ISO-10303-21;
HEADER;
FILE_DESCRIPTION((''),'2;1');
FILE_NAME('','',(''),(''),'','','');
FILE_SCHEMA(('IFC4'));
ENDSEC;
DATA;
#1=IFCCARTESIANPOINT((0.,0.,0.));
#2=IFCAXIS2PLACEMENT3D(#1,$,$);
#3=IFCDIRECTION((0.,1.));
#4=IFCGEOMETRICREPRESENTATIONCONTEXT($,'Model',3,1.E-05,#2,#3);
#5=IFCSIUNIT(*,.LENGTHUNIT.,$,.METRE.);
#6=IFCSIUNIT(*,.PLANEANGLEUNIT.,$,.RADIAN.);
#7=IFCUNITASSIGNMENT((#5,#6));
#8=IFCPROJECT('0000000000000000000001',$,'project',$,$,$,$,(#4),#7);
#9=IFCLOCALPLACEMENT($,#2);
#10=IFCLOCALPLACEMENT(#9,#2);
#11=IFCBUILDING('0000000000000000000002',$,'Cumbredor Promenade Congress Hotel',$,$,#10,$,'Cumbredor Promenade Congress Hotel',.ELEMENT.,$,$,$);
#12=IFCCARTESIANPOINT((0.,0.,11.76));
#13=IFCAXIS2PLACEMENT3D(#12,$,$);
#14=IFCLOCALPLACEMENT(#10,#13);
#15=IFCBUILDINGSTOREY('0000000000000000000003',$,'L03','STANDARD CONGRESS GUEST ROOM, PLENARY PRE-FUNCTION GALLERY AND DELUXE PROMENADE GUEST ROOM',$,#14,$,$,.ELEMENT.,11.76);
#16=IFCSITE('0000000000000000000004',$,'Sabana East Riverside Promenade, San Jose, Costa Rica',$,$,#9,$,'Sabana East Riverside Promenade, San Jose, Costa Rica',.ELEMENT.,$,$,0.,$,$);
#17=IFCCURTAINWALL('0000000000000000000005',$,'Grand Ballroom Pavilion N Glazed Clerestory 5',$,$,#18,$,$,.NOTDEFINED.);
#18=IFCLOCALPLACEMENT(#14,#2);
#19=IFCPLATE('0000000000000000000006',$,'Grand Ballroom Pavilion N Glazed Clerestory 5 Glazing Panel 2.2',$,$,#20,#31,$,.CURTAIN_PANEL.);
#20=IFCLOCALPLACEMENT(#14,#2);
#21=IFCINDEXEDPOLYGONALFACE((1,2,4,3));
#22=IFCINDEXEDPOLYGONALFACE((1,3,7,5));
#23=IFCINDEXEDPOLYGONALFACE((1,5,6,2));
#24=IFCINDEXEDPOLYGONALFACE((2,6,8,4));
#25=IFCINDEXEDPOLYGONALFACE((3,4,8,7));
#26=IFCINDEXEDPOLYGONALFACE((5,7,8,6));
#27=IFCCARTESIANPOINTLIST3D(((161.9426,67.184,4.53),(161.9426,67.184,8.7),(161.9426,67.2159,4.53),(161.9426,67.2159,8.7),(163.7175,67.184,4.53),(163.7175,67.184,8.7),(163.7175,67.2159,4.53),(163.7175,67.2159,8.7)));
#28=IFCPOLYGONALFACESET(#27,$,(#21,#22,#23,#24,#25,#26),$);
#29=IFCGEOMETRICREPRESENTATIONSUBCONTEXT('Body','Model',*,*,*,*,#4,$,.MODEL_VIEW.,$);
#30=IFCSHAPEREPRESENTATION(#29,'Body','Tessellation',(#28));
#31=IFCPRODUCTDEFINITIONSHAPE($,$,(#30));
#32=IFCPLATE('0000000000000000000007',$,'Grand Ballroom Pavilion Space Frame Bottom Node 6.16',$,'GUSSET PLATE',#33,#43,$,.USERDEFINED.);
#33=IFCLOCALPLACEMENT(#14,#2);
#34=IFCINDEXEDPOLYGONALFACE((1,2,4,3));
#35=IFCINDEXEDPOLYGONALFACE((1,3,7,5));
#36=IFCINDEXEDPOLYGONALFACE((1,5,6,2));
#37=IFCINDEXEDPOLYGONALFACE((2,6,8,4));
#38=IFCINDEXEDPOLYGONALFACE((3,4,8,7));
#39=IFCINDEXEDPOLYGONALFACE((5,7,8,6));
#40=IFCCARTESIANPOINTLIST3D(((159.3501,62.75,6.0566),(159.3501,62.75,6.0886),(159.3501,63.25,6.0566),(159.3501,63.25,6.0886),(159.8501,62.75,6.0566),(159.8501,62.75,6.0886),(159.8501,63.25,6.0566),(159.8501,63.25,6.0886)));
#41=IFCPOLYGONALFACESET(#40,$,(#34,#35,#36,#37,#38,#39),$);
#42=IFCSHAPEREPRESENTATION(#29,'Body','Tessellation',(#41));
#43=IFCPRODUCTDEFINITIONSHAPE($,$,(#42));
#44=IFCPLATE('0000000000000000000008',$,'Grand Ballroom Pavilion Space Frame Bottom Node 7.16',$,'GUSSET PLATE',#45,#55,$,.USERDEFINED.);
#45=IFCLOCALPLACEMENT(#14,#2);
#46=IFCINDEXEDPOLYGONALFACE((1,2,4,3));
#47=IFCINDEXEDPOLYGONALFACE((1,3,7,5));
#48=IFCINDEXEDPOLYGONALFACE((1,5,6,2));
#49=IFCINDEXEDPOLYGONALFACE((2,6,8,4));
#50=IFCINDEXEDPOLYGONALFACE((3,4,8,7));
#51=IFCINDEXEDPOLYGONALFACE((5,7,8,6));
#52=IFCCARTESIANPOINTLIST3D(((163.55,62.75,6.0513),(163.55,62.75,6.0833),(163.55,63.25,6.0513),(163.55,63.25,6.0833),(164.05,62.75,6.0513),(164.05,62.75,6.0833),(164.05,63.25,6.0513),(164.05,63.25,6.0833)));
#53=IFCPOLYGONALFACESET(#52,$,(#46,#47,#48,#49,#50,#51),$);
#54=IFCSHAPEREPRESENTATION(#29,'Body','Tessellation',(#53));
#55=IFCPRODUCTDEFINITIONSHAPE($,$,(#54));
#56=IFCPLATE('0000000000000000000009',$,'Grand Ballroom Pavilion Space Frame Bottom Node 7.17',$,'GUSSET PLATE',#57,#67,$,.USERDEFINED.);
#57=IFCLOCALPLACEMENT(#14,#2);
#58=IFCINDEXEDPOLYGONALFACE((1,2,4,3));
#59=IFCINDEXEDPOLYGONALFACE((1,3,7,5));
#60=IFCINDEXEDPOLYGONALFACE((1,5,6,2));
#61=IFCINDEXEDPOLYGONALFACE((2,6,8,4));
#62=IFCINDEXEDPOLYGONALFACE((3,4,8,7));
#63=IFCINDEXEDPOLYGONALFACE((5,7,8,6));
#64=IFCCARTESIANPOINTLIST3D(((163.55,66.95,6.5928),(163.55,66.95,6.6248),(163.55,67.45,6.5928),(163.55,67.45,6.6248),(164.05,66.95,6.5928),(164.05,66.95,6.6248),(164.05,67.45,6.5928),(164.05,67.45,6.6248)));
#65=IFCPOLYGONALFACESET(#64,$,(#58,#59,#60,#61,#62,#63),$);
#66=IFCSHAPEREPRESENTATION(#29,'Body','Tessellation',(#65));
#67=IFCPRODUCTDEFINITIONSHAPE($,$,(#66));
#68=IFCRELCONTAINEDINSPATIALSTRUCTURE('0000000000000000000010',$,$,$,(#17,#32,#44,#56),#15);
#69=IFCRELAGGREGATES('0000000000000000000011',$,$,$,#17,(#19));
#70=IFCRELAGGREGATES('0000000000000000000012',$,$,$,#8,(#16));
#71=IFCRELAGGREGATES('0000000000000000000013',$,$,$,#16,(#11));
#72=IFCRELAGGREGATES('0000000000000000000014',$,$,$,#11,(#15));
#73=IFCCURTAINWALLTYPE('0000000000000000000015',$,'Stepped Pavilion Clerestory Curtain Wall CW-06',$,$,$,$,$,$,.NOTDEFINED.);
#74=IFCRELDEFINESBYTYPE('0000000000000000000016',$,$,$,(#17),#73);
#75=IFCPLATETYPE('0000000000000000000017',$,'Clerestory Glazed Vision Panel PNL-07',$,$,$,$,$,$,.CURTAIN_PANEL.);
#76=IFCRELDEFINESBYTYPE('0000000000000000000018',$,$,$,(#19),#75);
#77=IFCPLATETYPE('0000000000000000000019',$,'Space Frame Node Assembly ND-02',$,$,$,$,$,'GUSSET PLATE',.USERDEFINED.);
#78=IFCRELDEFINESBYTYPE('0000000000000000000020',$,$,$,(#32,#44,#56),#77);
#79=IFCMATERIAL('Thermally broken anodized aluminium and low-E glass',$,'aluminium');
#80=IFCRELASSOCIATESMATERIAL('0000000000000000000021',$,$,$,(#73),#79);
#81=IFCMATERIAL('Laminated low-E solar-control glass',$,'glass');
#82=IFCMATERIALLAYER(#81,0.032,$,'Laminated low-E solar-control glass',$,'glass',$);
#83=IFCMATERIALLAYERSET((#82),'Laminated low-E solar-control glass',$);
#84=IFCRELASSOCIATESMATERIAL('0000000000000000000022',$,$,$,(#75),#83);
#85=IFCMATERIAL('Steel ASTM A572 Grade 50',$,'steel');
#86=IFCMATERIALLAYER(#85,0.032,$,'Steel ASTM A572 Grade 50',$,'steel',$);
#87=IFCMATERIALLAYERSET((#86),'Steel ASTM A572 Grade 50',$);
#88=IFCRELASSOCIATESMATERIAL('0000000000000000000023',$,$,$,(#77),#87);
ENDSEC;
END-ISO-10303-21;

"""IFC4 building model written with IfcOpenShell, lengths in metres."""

from ifc_helpers import new_model, si_unit, direction, frame, origin, origin_2d, place, context, subcontext, project, spatial, rectangle, extrude, material, layer, layer_set, type_object, element, aggregate, save


model = new_model("IFC4")

# Units and contexts
model_context = context("Model", 3, precision=1e-05, world=origin(), true_north=direction((0.0, 1.0)))
body_context = subcontext(model_context, "Body", "Model", "MODEL_VIEW")
ifc_project = project(units=[si_unit("LENGTHUNIT", "METRE"), si_unit("PLANEANGLEUNIT", "RADIAN")], contexts=[model_context])

# Site, building, storey
site_placement = place(None, origin())
site = spatial("IfcSite", under=ifc_project, at=site_placement, Name="Sabana East Riverside Promenade, San Jose, Costa Rica", LongName="Sabana East Riverside Promenade, San Jose, Costa Rica", CompositionType="ELEMENT", RefElevation=0.0)
building_placement = place(site_placement, origin())
building = spatial("IfcBuilding", under=site, at=building_placement, Name="Cumbredor Promenade Congress Hotel", LongName="Cumbredor Promenade Congress Hotel", CompositionType="ELEMENT")
storey_placement = place(building_placement, frame((0.0, 0.0, 11.76)))
storey = spatial("IfcBuildingStorey", under=building, at=storey_placement, Name="L03", Description="STANDARD CONGRESS GUEST ROOM, PLENARY PRE-FUNCTION GALLERY AND DELUXE PROMENADE GUEST ROOM", CompositionType="ELEMENT", Elevation=11.76)

# Curtain wall
ifc_material_1 = material(Name="Thermally broken anodized aluminium and low-E glass", Category="aluminium")
curtain_wall_type = type_object("IfcCurtainWallType", Name="Stepped Pavilion Clerestory Curtain Wall CW-06", PredefinedType="NOTDEFINED", material=ifc_material_1)
curtain_wall_1_placement = place(storey_placement, origin())
curtain_wall_1 = element("IfcCurtainWall", 1, at=curtain_wall_1_placement, inside=storey, type_object=curtain_wall_type, Name="Grand Ballroom Pavilion N Glazed Clerestory 5", PredefinedType="NOTDEFINED")

# Plate
ifc_material_2 = material(Name="Laminated low-E solar-control glass", Category="glass")
ifc_layer_1 = layer(ifc_material_2, 0.032, Name="Laminated low-E solar-control glass", Category="glass")
ifc_layer_set_1 = layer_set([ifc_layer_1], Name="Laminated low-E solar-control glass")
plate_type_1 = type_object("IfcPlateType", Name="Clerestory Glazed Vision Panel PNL-07", PredefinedType="CURTAIN_PANEL", material=ifc_layer_set_1)
plate_1_placement = place(storey_placement, frame((162.8301, 67.2, 4.53), z_axis=(0.0, 0.0, 1.0), x_axis=(1.0, 0.0, 0.0)))
plate_1 = element("IfcPlate", 2, at=plate_1_placement, type_object=plate_type_1, Name="Grand Ballroom Pavilion N Glazed Clerestory 5 Glazing Panel 2.2", PredefinedType="CURTAIN_PANEL", context=body_context, shape_type="SweptSolid", body=[
    extrude(rectangle(XDim=1.7749, YDim=0.032, at=origin_2d()), origin(), (0.0, 0.0, 1.0), 4.1699),
])
aggregate(curtain_wall_1, [plate_1])

# Plates
ifc_material_3 = material(Name="Steel ASTM A572 Grade 50", Category="steel")
ifc_layer_2 = layer(ifc_material_3, 0.032, Name="Steel ASTM A572 Grade 50", Category="steel")
ifc_layer_set_2 = layer_set([ifc_layer_2], Name="Steel ASTM A572 Grade 50")
plate_type_2 = type_object("IfcPlateType", Name="Space Frame Node Assembly ND-02", ElementType="GUSSET PLATE", PredefinedType="USERDEFINED", material=ifc_layer_set_2)
for number, where, z_axis, x_axis, name in (
    (3, (159.6001, 63.0, 6.0566), (0.0, 0.0, 1.0), (1.0, 0.0, 0.0), "Grand Ballroom Pavilion Space Frame Bottom Node 6.16"),
    (4, (163.8, 63.0, 6.0513), (0.0, 0.0, 1.0), (1.0, 0.0, 0.0), "Grand Ballroom Pavilion Space Frame Bottom Node 7.16"),
    (5, (163.8, 67.2, 6.5928), (0.0, 0.0, 1.0), (1.0, 0.0, 0.0), "Grand Ballroom Pavilion Space Frame Bottom Node 7.17"),
):
    element("IfcPlate", number, at=place(storey_placement, frame(where, z_axis=z_axis, x_axis=x_axis)), inside=storey, type_object=plate_type_2, Name=name, ObjectType="GUSSET PLATE", PredefinedType="USERDEFINED", context=body_context, shape_type="SweptSolid", body=[
        extrude(rectangle(XDim=0.5, YDim=0.5, at=origin_2d()), origin(), (0.0, 0.0, 1.0), 0.032),
    ])

save(model, "model.ifc")
